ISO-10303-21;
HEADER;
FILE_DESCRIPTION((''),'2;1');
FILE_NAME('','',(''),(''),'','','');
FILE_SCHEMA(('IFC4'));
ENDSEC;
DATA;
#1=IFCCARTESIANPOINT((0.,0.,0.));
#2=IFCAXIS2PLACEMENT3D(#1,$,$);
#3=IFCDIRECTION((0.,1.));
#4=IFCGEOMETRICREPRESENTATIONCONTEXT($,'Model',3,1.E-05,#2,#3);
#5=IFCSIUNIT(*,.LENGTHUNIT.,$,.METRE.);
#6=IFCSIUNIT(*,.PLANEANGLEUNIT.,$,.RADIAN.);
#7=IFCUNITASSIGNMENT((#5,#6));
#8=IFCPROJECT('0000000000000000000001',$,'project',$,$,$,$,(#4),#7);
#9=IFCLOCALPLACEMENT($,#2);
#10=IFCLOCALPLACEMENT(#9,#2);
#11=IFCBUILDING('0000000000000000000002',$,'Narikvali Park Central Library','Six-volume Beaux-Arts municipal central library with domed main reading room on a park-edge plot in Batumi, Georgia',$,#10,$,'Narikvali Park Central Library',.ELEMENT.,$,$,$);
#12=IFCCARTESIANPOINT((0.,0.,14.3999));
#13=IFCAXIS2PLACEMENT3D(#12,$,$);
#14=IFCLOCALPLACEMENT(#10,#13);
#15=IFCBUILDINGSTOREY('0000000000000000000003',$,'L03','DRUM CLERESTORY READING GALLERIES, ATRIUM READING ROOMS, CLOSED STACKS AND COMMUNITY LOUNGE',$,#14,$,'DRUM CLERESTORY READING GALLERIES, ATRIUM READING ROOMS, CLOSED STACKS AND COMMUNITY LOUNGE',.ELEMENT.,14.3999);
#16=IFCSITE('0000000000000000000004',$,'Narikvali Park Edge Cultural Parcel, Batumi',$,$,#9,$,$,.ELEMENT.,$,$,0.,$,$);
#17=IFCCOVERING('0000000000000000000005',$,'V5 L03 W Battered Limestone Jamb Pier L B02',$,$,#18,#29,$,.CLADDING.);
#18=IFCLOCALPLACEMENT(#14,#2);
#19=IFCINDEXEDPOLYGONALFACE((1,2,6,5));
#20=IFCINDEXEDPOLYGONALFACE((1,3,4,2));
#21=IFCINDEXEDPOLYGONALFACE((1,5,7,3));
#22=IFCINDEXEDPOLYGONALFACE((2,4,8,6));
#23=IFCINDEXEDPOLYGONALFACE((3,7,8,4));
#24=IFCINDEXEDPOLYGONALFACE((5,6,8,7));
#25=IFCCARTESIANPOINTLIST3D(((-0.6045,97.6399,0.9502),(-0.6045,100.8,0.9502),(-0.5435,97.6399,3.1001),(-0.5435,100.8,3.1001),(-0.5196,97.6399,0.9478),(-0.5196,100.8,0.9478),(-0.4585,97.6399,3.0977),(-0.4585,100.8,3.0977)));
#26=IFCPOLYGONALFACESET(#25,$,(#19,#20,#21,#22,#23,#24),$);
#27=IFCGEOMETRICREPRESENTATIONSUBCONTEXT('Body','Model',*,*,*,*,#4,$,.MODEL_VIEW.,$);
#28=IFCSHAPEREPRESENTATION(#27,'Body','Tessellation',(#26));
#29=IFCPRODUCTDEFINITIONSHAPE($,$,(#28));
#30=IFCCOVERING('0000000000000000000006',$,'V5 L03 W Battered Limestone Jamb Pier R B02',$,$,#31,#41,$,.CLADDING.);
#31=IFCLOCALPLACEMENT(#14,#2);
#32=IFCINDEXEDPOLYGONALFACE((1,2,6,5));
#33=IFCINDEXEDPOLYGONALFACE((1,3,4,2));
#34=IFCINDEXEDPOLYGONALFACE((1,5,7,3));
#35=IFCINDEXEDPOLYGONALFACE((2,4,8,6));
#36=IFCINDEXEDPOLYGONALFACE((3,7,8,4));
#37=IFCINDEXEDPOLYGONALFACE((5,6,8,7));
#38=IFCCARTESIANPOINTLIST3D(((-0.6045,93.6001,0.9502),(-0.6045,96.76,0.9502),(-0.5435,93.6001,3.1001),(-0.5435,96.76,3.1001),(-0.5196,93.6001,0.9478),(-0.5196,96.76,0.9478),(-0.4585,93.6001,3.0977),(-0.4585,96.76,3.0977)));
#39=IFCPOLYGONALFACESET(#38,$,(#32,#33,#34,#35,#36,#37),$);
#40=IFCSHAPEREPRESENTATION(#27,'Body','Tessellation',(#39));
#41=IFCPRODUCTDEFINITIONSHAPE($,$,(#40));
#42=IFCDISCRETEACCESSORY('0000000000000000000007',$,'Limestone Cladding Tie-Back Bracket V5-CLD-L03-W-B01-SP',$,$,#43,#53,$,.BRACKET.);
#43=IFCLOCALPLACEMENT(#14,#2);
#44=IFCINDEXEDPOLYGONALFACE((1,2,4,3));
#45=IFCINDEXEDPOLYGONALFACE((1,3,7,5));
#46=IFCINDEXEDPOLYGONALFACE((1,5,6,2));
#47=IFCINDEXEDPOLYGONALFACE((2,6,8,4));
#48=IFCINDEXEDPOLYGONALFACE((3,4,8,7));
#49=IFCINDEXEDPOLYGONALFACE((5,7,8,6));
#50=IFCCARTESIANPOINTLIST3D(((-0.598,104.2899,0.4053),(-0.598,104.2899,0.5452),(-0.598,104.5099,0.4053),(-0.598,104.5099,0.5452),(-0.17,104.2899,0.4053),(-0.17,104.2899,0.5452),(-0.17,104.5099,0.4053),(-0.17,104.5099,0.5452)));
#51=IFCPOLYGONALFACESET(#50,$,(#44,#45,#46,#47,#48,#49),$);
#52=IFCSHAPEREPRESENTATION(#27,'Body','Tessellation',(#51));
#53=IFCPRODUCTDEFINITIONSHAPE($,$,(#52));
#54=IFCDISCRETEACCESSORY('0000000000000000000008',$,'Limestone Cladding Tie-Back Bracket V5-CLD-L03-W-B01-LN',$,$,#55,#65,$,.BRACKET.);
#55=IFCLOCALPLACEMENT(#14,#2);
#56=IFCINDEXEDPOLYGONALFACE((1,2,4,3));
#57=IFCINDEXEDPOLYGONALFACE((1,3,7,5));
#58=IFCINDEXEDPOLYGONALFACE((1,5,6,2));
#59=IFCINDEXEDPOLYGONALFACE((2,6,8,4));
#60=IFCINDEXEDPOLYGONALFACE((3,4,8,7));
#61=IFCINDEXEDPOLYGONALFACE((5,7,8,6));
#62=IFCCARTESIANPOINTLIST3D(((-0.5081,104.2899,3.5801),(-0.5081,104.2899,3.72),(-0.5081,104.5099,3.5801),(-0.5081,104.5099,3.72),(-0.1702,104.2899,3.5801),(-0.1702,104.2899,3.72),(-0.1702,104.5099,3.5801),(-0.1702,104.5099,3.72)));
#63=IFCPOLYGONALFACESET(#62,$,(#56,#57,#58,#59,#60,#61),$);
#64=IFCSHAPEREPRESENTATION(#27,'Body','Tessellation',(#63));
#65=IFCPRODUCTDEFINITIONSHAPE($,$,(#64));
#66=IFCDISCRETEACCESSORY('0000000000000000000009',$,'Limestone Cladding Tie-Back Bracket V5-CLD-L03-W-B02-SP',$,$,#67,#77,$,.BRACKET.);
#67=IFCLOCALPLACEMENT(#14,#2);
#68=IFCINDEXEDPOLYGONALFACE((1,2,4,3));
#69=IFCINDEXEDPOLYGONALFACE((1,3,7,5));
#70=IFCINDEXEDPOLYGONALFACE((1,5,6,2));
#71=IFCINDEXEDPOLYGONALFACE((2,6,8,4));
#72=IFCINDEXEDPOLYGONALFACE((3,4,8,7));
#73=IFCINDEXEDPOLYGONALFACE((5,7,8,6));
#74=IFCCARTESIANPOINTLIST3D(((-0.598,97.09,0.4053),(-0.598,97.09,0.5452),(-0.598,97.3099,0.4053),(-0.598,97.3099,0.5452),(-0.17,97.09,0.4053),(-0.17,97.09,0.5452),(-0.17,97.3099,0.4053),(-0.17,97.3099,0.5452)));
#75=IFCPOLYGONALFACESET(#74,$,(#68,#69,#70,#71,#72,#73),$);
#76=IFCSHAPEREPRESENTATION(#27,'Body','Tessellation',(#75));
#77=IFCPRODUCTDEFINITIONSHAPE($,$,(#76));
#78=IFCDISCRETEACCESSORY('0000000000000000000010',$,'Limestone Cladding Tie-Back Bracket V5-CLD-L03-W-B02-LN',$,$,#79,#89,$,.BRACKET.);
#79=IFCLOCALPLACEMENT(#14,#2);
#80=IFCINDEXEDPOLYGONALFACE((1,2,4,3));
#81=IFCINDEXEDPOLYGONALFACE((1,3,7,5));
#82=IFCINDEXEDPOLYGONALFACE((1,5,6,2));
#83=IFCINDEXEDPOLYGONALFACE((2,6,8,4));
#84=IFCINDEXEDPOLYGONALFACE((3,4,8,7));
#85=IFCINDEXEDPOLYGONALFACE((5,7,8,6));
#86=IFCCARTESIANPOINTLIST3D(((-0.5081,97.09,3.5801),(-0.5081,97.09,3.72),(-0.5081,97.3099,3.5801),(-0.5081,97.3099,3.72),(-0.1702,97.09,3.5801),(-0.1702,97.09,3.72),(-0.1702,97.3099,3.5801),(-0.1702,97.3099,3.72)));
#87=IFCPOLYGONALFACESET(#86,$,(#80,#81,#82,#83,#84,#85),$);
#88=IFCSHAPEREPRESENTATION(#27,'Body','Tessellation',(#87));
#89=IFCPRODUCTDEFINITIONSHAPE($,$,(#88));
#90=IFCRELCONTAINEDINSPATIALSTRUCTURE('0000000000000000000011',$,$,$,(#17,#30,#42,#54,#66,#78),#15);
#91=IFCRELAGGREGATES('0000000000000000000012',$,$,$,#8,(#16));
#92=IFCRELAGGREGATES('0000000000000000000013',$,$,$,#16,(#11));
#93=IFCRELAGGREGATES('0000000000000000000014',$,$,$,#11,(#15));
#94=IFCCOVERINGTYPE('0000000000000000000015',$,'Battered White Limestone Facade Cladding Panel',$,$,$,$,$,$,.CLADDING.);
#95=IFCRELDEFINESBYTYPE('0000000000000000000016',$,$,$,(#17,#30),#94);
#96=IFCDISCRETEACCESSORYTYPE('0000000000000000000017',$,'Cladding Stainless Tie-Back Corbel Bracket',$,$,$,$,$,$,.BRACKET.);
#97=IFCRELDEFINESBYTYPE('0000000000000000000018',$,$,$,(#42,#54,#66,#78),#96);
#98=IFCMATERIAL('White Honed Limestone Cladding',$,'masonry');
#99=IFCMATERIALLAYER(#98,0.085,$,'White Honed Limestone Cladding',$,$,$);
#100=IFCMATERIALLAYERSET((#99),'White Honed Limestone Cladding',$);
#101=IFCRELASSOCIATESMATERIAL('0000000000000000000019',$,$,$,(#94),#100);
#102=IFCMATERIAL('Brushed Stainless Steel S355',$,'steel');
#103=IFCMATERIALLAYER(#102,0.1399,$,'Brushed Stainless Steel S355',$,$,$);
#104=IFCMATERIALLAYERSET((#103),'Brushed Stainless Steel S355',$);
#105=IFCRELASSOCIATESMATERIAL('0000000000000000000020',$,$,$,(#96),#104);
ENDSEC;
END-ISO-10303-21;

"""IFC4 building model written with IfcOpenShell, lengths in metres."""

from ifc_helpers import new_model, si_unit, direction, frame, origin, origin_2d, place, context, subcontext, project, spatial, polyline, rectangle, outline, extrude, material, layer, layer_set, type_object, element, save


model = new_model("IFC4")

# Units and contexts
model_context = context("Model", 3, precision=1e-05, world=origin(), true_north=direction((0.0, 1.0)))
body_context = subcontext(model_context, "Body", "Model", "MODEL_VIEW")
ifc_project = project(units=[si_unit("LENGTHUNIT", "METRE"), si_unit("PLANEANGLEUNIT", "RADIAN")], contexts=[model_context])

# Site, building, storey
site_placement = place(None, origin())
site = spatial("IfcSite", under=ifc_project, at=site_placement, Name="Narikvali Park Edge Cultural Parcel, Batumi", CompositionType="ELEMENT", RefElevation=0.0)
building_placement = place(site_placement, origin())
building = spatial("IfcBuilding", under=site, at=building_placement, Name="Narikvali Park Central Library", Description="Six-volume Beaux-Arts municipal central library with domed main reading room on a park-edge plot in Batumi, Georgia", LongName="Narikvali Park Central Library", CompositionType="ELEMENT")
storey_placement = place(building_placement, frame((0.0, 0.0, 14.3999)))
storey = spatial("IfcBuildingStorey", under=building, at=storey_placement, Name="L03", Description="DRUM CLERESTORY READING GALLERIES, ATRIUM READING ROOMS, CLOSED STACKS AND COMMUNITY LOUNGE", LongName="DRUM CLERESTORY READING GALLERIES, ATRIUM READING ROOMS, CLOSED STACKS AND COMMUNITY LOUNGE", CompositionType="ELEMENT", Elevation=14.3999)

# Coverings
ifc_material_1 = material(Name="White Honed Limestone Cladding", Category="masonry")
ifc_layer_1 = layer(ifc_material_1, 0.085, Name="White Honed Limestone Cladding")
ifc_layer_set_1 = layer_set([ifc_layer_1], Name="White Honed Limestone Cladding")
covering_type = type_object("IfcCoveringType", Name="Battered White Limestone Facade Cladding Panel", PredefinedType="CLADDING", material=ifc_layer_set_1)
covering_1_placement = place(storey_placement, frame((-0.6045, 100.8, 0.9502), z_axis=(-0.999597, 0.0, 0.028378), x_axis=(0.0, -1.0, 0.0)))
element("IfcCovering", 1, at=covering_1_placement, inside=storey, type_object=covering_type, Name="V5 L03 W Battered Limestone Jamb Pier L B02", PredefinedType="CLADDING", context=body_context, shape_type="SweptSolid", body=[
    extrude(outline(polyline([(0.0, 0.0), (3.1602, 0.0), (3.1602, 2.1508), (0.0, 2.1508), (0.0, 0.0)])), origin(), (0.0, 0.0, -1.0), 0.085),
])
covering_2_placement = place(storey_placement, frame((-0.6045, 96.76, 0.9502), z_axis=(-0.999597, 0.0, 0.028378), x_axis=(0.0, -1.0, 0.0)))
element("IfcCovering", 2, at=covering_2_placement, inside=storey, type_object=covering_type, Name="V5 L03 W Battered Limestone Jamb Pier R B02", PredefinedType="CLADDING", context=body_context, shape_type="SweptSolid", body=[
    extrude(outline(polyline([(0.0, 0.0), (3.1599, 0.0), (3.1599, 2.1508), (0.0, 2.1508), (0.0, 0.0)])), origin(), (0.0, 0.0, -1.0), 0.085),
])

# Discrete accessories
ifc_material_2 = material(Name="Brushed Stainless Steel S355", Category="steel")
ifc_layer_2 = layer(ifc_material_2, 0.1399, Name="Brushed Stainless Steel S355")
ifc_layer_set_2 = layer_set([ifc_layer_2], Name="Brushed Stainless Steel S355")
discrete_accessory_type = type_object("IfcDiscreteAccessoryType", Name="Cladding Stainless Tie-Back Corbel Bracket", PredefinedType="BRACKET", material=ifc_layer_set_2)
discrete_accessory_1_placement = place(storey_placement, frame((-0.384, 104.3999, 0.4053), z_axis=(0.0, 0.0, 1.0), x_axis=(1.0, 0.0, 0.0)))
element("IfcDiscreteAccessory", 3, at=discrete_accessory_1_placement, inside=storey, type_object=discrete_accessory_type, Name="Limestone Cladding Tie-Back Bracket V5-CLD-L03-W-B01-SP", PredefinedType="BRACKET", context=body_context, shape_type="SweptSolid", body=[
    extrude(rectangle(XDim=0.428, YDim=0.22, at=origin_2d()), origin(), (0.0, 0.0, 1.0), 0.1399),
])
discrete_accessory_2_placement = place(storey_placement, frame((-0.3391, 104.3999, 3.5801), z_axis=(0.0, 0.0, 1.0), x_axis=(1.0, 0.0, 0.0)))
element("IfcDiscreteAccessory", 4, at=discrete_accessory_2_placement, inside=storey, type_object=discrete_accessory_type, Name="Limestone Cladding Tie-Back Bracket V5-CLD-L03-W-B01-LN", PredefinedType="BRACKET", context=body_context, shape_type="SweptSolid", body=[
    extrude(rectangle(XDim=0.3379, YDim=0.22, at=origin_2d()), origin(), (0.0, 0.0, 1.0), 0.1399),
])
discrete_accessory_3_placement = place(storey_placement, frame((-0.384, 97.2, 0.4053), z_axis=(0.0, 0.0, 1.0), x_axis=(1.0, 0.0, 0.0)))
element("IfcDiscreteAccessory", 5, at=discrete_accessory_3_placement, inside=storey, type_object=discrete_accessory_type, Name="Limestone Cladding Tie-Back Bracket V5-CLD-L03-W-B02-SP", PredefinedType="BRACKET", context=body_context, shape_type="SweptSolid", body=[
    extrude(rectangle(XDim=0.428, YDim=0.22, at=origin_2d()), origin(), (0.0, 0.0, 1.0), 0.1399),
])
discrete_accessory_4_placement = place(storey_placement, frame((-0.3391, 97.2, 3.5801), z_axis=(0.0, 0.0, 1.0), x_axis=(1.0, 0.0, 0.0)))
element("IfcDiscreteAccessory", 6, at=discrete_accessory_4_placement, inside=storey, type_object=discrete_accessory_type, Name="Limestone Cladding Tie-Back Bracket V5-CLD-L03-W-B02-LN", PredefinedType="BRACKET", context=body_context, shape_type="SweptSolid", body=[
    extrude(rectangle(XDim=0.3379, YDim=0.22, at=origin_2d()), origin(), (0.0, 0.0, 1.0), 0.1399),
])

save(model, "model.ifc")
